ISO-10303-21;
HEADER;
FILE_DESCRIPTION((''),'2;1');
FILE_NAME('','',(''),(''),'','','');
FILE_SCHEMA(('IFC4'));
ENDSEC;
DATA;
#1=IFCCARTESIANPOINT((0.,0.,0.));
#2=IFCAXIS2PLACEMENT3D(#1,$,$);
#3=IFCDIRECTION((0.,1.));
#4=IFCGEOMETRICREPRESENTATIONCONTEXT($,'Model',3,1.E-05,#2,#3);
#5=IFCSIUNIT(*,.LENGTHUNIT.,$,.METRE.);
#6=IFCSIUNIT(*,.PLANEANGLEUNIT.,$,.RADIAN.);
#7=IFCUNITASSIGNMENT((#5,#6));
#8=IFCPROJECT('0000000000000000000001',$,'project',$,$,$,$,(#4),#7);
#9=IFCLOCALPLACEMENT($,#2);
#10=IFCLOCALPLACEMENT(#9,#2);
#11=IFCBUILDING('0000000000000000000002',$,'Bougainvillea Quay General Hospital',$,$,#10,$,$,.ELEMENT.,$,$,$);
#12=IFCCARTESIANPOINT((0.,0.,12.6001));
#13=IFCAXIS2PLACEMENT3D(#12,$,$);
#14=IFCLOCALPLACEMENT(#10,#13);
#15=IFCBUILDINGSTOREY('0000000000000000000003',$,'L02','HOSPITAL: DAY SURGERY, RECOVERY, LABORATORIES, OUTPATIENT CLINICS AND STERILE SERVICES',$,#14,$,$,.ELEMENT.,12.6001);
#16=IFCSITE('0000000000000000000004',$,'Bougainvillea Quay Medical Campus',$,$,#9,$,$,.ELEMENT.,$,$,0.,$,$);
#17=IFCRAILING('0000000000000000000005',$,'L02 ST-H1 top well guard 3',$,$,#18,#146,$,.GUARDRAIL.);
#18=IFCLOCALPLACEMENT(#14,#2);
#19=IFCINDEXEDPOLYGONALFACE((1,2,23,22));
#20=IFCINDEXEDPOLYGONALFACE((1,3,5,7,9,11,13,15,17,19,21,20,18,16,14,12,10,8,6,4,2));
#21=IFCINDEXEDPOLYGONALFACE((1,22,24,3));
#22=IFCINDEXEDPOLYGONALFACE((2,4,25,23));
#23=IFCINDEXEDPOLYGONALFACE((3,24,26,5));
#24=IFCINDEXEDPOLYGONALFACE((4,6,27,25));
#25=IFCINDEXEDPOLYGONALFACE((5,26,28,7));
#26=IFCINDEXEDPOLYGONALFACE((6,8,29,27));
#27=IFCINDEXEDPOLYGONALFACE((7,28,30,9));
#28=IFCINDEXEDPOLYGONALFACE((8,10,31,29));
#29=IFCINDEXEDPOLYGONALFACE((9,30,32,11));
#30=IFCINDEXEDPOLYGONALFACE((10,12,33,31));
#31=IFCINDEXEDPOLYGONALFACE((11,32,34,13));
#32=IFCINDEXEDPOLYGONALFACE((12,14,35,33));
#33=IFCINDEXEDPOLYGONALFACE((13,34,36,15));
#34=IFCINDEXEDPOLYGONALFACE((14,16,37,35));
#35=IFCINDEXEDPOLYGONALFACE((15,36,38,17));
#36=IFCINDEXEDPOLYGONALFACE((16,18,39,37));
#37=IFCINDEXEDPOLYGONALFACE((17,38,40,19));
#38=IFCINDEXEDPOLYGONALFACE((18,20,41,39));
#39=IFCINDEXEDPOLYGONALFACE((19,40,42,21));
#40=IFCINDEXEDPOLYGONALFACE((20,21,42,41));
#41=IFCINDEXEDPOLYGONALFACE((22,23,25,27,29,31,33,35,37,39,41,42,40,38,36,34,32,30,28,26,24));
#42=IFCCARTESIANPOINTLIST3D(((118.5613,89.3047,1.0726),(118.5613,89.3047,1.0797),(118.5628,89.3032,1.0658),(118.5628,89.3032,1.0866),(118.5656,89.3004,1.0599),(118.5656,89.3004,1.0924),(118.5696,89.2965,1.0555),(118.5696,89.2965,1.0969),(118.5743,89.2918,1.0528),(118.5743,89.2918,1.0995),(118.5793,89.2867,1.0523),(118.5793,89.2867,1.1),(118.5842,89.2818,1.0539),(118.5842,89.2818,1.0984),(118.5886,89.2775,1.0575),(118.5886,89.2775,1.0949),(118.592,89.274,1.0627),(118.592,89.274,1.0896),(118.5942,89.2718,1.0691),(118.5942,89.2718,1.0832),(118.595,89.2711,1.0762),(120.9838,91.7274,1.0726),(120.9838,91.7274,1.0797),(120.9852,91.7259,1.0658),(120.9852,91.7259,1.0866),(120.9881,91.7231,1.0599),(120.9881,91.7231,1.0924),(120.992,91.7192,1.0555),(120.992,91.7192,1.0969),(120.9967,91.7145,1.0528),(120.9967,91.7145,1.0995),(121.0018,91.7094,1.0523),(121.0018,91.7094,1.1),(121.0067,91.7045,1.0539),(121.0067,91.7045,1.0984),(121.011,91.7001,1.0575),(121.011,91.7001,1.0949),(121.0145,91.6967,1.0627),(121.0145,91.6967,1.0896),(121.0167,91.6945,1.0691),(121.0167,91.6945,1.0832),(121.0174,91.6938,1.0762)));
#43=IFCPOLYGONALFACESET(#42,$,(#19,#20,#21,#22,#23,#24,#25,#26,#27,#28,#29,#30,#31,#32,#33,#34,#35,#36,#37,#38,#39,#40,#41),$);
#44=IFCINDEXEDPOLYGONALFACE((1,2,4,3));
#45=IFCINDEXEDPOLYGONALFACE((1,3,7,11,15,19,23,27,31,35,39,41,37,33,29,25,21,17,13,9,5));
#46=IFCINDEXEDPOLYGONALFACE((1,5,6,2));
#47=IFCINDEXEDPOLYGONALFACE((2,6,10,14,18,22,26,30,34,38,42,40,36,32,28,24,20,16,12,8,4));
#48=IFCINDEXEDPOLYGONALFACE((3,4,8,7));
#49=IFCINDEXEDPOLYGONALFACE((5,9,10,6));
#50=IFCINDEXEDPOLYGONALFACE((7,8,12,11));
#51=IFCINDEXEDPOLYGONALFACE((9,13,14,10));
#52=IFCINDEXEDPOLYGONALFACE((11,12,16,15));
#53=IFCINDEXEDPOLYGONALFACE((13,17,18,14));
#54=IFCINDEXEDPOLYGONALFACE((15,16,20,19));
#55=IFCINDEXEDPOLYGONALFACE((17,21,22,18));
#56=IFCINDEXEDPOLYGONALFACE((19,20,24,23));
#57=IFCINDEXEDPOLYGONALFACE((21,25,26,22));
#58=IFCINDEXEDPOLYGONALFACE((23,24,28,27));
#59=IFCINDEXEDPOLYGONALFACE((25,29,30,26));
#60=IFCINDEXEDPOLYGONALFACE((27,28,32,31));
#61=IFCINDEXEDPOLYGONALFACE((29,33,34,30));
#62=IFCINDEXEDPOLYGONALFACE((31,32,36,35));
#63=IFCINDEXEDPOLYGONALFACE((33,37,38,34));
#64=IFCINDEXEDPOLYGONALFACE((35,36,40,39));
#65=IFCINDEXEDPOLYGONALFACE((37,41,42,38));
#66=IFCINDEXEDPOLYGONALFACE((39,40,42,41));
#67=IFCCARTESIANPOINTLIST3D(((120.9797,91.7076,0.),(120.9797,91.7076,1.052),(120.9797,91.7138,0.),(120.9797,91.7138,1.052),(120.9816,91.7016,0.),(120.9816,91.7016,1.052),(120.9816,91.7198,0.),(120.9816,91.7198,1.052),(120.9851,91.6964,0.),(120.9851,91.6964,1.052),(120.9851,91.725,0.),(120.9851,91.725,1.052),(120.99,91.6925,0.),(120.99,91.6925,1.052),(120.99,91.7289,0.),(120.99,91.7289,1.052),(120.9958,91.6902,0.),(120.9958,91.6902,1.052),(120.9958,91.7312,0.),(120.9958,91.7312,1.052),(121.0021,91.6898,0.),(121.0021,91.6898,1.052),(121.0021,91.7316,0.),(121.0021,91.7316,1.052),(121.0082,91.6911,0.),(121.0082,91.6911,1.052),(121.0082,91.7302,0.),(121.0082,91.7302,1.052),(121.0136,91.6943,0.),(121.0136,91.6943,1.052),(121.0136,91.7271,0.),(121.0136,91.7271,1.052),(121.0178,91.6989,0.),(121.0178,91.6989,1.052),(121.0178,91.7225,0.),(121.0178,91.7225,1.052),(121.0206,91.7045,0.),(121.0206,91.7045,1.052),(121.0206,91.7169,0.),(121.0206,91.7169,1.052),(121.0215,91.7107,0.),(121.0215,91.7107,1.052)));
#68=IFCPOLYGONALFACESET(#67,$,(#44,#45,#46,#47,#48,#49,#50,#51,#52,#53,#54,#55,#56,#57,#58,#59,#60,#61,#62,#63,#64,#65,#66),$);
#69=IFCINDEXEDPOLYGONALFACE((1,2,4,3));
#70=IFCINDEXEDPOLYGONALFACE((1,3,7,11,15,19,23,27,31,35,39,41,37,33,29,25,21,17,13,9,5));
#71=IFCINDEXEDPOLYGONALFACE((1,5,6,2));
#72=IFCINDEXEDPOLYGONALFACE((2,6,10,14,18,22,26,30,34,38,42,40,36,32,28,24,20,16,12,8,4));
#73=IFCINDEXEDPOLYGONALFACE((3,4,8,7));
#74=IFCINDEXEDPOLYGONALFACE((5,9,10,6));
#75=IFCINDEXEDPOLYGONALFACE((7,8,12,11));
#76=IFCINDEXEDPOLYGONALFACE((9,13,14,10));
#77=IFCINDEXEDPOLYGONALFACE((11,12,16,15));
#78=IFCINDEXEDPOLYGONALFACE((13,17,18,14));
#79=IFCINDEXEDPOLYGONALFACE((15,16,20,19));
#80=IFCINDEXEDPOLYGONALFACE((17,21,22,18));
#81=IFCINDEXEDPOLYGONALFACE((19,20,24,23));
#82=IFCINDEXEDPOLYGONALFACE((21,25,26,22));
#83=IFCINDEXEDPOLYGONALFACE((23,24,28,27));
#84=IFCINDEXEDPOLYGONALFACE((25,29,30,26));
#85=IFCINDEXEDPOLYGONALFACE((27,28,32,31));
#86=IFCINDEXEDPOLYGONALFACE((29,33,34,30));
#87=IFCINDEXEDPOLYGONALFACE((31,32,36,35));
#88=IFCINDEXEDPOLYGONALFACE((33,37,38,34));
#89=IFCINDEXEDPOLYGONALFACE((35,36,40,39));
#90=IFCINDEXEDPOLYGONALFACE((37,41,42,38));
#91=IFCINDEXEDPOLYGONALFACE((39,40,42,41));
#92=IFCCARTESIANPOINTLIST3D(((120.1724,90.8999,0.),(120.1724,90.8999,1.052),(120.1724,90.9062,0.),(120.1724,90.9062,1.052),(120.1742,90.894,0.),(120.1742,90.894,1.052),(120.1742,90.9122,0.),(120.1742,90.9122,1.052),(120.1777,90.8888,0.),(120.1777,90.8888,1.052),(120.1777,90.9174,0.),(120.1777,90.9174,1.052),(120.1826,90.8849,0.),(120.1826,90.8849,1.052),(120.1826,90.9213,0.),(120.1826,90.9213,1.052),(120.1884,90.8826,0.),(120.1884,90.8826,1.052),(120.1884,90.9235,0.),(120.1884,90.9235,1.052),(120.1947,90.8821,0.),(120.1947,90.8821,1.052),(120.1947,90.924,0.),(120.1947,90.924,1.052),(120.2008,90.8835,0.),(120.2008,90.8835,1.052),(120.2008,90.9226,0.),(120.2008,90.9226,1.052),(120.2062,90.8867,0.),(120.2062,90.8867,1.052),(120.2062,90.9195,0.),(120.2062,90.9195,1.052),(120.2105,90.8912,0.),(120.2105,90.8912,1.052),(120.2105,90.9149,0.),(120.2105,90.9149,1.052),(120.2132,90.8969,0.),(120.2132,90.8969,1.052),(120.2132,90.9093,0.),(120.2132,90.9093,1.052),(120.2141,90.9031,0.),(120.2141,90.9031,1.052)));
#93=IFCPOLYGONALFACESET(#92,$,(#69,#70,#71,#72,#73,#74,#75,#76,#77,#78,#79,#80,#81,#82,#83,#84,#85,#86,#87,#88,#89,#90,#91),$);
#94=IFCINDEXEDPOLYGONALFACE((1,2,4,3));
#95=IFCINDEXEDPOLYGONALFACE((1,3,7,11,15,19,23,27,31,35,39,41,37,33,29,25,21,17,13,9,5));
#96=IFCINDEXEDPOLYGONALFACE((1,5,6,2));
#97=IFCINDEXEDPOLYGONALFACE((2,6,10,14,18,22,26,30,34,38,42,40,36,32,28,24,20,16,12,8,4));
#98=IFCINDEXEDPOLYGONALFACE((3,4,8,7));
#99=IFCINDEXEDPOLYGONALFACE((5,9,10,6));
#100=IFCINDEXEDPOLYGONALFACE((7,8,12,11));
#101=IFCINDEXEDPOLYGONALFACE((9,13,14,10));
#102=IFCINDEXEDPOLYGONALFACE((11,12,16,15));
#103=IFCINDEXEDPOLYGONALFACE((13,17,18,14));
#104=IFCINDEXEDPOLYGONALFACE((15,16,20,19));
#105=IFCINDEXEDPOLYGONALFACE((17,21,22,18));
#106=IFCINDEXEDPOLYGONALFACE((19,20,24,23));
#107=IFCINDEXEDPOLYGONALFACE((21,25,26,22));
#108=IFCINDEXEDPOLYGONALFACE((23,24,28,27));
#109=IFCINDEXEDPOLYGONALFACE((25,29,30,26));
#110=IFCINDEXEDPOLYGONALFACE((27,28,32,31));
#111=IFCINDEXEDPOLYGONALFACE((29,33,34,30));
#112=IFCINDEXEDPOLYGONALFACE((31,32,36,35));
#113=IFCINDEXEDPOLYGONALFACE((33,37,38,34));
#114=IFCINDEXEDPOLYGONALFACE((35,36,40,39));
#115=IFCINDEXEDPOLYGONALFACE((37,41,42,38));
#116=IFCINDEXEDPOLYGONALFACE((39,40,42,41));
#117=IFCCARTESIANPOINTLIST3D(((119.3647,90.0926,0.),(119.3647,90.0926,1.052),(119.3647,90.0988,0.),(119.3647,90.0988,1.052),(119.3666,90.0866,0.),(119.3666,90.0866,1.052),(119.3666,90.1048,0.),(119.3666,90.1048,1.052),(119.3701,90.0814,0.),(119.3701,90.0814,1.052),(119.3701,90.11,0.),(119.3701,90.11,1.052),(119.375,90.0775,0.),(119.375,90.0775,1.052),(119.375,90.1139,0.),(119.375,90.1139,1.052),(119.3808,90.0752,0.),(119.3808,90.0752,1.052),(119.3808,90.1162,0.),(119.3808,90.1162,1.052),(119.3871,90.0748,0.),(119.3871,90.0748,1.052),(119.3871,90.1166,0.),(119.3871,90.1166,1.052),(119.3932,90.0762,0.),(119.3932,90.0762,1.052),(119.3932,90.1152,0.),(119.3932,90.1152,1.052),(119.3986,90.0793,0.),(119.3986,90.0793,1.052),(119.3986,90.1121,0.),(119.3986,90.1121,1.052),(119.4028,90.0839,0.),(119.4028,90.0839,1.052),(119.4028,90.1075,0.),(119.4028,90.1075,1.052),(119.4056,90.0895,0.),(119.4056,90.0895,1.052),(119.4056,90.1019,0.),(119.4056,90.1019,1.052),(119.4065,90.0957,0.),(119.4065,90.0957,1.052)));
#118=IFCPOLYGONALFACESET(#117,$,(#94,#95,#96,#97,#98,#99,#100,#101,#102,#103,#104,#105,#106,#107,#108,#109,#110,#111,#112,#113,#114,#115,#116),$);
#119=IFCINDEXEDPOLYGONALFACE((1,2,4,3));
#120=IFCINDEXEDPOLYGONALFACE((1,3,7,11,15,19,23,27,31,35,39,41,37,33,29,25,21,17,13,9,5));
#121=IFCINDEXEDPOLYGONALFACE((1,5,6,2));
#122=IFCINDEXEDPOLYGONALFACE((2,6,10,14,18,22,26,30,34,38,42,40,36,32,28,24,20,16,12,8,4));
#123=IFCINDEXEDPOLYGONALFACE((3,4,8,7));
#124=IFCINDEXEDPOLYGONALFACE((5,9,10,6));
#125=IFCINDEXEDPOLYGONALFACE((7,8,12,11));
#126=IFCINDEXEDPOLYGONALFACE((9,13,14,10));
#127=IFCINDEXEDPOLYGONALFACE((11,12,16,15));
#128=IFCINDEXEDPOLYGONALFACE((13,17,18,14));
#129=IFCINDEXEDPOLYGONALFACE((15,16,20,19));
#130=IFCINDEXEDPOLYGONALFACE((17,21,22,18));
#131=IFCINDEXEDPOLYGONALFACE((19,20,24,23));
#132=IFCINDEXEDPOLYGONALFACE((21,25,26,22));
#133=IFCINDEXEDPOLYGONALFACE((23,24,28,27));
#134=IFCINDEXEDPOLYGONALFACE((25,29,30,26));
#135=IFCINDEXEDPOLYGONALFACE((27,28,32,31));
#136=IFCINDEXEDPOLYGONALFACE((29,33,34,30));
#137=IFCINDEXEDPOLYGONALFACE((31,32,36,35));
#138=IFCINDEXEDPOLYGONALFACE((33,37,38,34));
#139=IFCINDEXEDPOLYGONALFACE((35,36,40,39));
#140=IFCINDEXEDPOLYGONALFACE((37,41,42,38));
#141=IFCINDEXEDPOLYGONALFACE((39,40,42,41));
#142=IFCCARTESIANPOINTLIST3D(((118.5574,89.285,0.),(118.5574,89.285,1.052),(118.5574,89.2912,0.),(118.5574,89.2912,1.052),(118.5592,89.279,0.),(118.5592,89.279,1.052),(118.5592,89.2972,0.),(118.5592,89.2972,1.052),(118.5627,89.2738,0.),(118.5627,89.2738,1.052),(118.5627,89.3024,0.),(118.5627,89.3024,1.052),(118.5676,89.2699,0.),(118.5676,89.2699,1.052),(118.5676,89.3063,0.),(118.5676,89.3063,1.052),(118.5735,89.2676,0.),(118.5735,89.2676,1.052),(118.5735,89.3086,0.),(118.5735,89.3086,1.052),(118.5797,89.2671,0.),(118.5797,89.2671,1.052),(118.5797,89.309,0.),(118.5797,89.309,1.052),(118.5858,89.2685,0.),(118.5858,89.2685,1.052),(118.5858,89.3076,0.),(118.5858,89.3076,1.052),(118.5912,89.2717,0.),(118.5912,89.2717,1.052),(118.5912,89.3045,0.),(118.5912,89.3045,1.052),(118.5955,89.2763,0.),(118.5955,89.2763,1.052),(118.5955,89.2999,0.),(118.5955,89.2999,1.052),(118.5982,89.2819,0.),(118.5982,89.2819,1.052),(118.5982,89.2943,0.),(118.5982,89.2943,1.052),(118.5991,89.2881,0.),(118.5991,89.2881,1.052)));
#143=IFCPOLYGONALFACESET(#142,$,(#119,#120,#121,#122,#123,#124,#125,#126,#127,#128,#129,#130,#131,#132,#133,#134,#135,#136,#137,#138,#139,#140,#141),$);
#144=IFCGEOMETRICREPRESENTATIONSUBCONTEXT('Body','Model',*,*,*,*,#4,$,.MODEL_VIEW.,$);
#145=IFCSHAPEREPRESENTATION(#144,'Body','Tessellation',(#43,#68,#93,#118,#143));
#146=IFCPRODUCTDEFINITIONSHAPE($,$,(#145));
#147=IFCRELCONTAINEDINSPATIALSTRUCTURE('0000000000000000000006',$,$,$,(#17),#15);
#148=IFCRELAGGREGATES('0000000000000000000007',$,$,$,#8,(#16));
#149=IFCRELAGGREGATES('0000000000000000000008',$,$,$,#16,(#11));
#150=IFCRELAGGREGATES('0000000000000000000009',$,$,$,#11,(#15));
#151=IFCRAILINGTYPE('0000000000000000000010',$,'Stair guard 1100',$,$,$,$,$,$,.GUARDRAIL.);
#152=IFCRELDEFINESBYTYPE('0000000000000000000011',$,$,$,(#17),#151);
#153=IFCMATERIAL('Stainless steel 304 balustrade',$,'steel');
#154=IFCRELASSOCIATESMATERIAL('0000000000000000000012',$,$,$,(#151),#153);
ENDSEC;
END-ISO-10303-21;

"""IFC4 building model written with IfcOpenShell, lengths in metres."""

from ifc_helpers import new_model, si_unit, direction, frame, origin, origin_2d, place, context, subcontext, project, spatial, circle, extrude, material, type_object, element, save


model = new_model("IFC4")

# Units and contexts
model_context = context("Model", 3, precision=1e-05, world=origin(), true_north=direction((0.0, 1.0)))
body_context = subcontext(model_context, "Body", "Model", "MODEL_VIEW")
ifc_project = project(units=[si_unit("LENGTHUNIT", "METRE"), si_unit("PLANEANGLEUNIT", "RADIAN")], contexts=[model_context])

# Site, building, storey
site_placement = place(None, origin())
site = spatial("IfcSite", under=ifc_project, at=site_placement, Name="Bougainvillea Quay Medical Campus", CompositionType="ELEMENT", RefElevation=0.0)
building_placement = place(site_placement, origin())
building = spatial("IfcBuilding", under=site, at=building_placement, Name="Bougainvillea Quay General Hospital", CompositionType="ELEMENT")
storey_placement = place(building_placement, frame((0.0, 0.0, 12.6001)))
storey = spatial("IfcBuildingStorey", under=building, at=storey_placement, Name="L02", Description="HOSPITAL: DAY SURGERY, RECOVERY, LABORATORIES, OUTPATIENT CLINICS AND STERILE SERVICES", CompositionType="ELEMENT", Elevation=12.6001)

# Railing
ifc_material_1 = material(Name="Stainless steel 304 balustrade", Category="steel")
railing_type = type_object("IfcRailingType", Name="Stair guard 1100", PredefinedType="GUARDRAIL", material=ifc_material_1)
railing_1_placement = place(storey_placement, frame((121.0005, 91.7107, 0.0)))
element("IfcRailing", 1, at=railing_1_placement, inside=storey, type_object=railing_type, Name="L02 ST-H1 top well guard 3", PredefinedType="GUARDRAIL", context=body_context, shape_type="SweptSolid", body=[
    extrude(circle(Radius=0.0239, at=origin_2d()), frame((0.0, 0.0, 1.0762), z_axis=(-0.707071, -0.707142, 0.0), x_axis=(0.707142, -0.707071, 0.0)), (0.0, 0.0, 1.0), 3.426),
    extrude(circle(Radius=0.021, at=origin_2d()), origin(), (0.0, 0.0, 1.0), 1.052),
    extrude(circle(Radius=0.021, at=origin_2d()), frame((-0.8074, -0.8076, 0.0)), (0.0, 0.0, 1.0), 1.052),
    extrude(circle(Radius=0.021, at=origin_2d()), frame((-1.615, -1.615, 0.0)), (0.0, 0.0, 1.0), 1.052),
    extrude(circle(Radius=0.021, at=origin_2d()), frame((-2.4224, -2.4226, 0.0)), (0.0, 0.0, 1.0), 1.052),
])

save(model, "model.ifc")
